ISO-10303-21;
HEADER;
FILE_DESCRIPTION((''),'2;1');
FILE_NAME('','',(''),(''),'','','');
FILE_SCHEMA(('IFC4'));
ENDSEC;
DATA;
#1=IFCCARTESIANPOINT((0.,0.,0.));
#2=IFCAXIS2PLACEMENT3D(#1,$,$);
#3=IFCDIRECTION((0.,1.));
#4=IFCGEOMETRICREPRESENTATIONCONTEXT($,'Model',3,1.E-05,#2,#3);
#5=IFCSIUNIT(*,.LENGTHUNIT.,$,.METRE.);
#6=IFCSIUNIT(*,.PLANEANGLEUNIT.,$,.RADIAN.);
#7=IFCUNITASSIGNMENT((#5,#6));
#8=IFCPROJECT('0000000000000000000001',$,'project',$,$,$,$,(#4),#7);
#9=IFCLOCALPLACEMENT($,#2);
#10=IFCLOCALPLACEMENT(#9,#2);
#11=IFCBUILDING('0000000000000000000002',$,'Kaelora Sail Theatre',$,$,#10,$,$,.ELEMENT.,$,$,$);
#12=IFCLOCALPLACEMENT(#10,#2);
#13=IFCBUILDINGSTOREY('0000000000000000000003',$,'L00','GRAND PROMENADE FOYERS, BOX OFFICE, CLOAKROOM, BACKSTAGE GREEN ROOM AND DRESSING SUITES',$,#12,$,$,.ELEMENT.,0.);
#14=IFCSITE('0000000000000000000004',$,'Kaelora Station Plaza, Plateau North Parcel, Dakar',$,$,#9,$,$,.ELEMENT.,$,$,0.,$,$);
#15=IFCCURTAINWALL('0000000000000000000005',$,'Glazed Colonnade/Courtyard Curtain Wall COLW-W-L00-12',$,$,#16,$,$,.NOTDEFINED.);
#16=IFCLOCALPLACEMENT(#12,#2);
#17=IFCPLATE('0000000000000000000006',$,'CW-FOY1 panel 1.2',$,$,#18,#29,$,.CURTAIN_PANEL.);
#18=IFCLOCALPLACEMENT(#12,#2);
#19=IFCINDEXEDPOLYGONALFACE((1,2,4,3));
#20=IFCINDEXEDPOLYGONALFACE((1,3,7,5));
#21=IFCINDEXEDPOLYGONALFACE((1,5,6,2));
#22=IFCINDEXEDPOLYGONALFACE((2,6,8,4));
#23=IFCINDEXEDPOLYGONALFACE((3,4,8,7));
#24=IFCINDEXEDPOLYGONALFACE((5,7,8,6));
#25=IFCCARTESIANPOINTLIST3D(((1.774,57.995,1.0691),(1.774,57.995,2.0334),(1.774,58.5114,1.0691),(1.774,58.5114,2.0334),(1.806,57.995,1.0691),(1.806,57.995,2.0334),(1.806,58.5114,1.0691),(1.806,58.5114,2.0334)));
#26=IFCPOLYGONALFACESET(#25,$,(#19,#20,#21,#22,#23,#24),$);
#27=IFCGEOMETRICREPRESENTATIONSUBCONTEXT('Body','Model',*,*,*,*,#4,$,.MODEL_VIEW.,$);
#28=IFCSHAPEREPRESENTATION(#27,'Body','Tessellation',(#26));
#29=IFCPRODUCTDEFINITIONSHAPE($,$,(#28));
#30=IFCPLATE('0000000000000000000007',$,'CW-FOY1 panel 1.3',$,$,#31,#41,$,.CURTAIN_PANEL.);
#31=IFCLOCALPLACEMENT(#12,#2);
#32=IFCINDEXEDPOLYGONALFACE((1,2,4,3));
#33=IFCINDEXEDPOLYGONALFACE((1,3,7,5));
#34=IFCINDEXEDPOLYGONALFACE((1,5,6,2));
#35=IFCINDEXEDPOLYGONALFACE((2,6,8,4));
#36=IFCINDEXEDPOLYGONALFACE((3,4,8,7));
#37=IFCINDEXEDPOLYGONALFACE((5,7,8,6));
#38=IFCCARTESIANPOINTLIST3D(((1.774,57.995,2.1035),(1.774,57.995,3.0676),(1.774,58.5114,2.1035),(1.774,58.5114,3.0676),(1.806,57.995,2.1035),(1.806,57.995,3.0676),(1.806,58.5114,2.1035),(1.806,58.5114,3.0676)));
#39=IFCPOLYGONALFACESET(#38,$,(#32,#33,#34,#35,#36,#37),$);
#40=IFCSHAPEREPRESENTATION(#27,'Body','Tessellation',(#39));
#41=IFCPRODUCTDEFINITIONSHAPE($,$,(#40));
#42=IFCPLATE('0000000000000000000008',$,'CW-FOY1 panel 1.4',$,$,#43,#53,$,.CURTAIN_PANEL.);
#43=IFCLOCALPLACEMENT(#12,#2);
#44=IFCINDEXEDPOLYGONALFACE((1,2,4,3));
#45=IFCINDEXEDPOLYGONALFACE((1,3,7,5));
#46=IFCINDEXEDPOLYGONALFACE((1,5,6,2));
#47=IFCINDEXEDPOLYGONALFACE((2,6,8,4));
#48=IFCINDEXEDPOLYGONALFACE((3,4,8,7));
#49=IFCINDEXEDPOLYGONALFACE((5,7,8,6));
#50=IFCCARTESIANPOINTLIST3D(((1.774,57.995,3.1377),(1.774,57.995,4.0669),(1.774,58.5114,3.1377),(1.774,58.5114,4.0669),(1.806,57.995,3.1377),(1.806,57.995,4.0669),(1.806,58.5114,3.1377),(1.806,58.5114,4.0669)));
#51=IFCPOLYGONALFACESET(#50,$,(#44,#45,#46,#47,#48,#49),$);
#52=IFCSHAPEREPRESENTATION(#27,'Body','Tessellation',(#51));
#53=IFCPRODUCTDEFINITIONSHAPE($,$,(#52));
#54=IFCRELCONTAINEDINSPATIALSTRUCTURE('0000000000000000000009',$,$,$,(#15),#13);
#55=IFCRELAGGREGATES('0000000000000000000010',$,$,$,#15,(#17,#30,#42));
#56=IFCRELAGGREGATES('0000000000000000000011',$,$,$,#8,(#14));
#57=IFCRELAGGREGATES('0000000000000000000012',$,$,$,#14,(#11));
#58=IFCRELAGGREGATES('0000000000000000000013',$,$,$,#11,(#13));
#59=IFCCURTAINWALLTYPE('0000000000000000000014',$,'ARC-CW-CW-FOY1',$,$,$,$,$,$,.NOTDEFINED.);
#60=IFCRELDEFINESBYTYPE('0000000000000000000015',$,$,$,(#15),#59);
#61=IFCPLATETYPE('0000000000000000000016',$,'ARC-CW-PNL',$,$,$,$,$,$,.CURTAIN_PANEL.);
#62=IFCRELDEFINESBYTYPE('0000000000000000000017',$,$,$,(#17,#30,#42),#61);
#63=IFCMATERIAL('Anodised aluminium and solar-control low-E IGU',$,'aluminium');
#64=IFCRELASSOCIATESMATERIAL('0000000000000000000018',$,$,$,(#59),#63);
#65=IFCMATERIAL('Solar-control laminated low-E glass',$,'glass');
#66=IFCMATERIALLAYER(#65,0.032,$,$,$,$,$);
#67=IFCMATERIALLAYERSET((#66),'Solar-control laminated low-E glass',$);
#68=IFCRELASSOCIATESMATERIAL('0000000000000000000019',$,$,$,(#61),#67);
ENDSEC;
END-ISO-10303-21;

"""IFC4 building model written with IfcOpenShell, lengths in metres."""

from ifc_helpers import new_model, si_unit, direction, frame, origin, origin_2d, place, context, subcontext, project, spatial, rectangle, extrude, material, layer, layer_set, type_object, element, aggregate, save


model = new_model("IFC4")

# Units and contexts
model_context = context("Model", 3, precision=1e-05, world=origin(), true_north=direction((0.0, 1.0)))
body_context = subcontext(model_context, "Body", "Model", "MODEL_VIEW")
ifc_project = project(units=[si_unit("LENGTHUNIT", "METRE"), si_unit("PLANEANGLEUNIT", "RADIAN")], contexts=[model_context])

# Site, building, storey
site_placement = place(None, origin())
site = spatial("IfcSite", under=ifc_project, at=site_placement, Name="Kaelora Station Plaza, Plateau North Parcel, Dakar", CompositionType="ELEMENT", RefElevation=0.0)
building_placement = place(site_placement, origin())
building = spatial("IfcBuilding", under=site, at=building_placement, Name="Kaelora Sail Theatre", CompositionType="ELEMENT")
storey_placement = place(building_placement, origin())
storey = spatial("IfcBuildingStorey", under=building, at=storey_placement, Name="L00", Description="GRAND PROMENADE FOYERS, BOX OFFICE, CLOAKROOM, BACKSTAGE GREEN ROOM AND DRESSING SUITES", CompositionType="ELEMENT", Elevation=0.0)

# Shared definitions
ifc_material_1 = material(Name="Anodised aluminium and solar-control low-E IGU", Category="aluminium")
curtain_wall_type = type_object("IfcCurtainWallType", Name="ARC-CW-CW-FOY1", PredefinedType="NOTDEFINED", material=ifc_material_1)

# Curtain wall
curtain_wall_1_placement = place(storey_placement, origin())
curtain_wall_1 = element("IfcCurtainWall", 1, at=curtain_wall_1_placement, inside=storey, type_object=curtain_wall_type, Name="Glazed Colonnade/Courtyard Curtain Wall COLW-W-L00-12", PredefinedType="NOTDEFINED")

# Plates
ifc_material_2 = material(Name="Solar-control laminated low-E glass", Category="glass")
ifc_layer = layer(ifc_material_2, 0.032)
ifc_layer_set = layer_set([ifc_layer], Name="Solar-control laminated low-E glass")
plate_type = type_object("IfcPlateType", Name="ARC-CW-PNL", PredefinedType="CURTAIN_PANEL", material=ifc_layer_set)
plate_1_placement = place(storey_placement, frame((1.79, 58.2532, 1.0691), z_axis=(0.0, 0.0, 1.0), x_axis=(0.0, 1.0, 0.0)))
plate_1 = element("IfcPlate", 2, at=plate_1_placement, type_object=plate_type, Name="CW-FOY1 panel 1.2", PredefinedType="CURTAIN_PANEL", context=body_context, shape_type="SweptSolid", body=[
    extrude(rectangle(XDim=0.5164, YDim=0.032, at=origin_2d()), origin(), (0.0, 0.0, 1.0), 0.9644),
])
plate_2_placement = place(storey_placement, frame((1.79, 58.2532, 2.1035), z_axis=(0.0, 0.0, 1.0), x_axis=(0.0, 1.0, 0.0)))
plate_2 = element("IfcPlate", 3, at=plate_2_placement, type_object=plate_type, Name="CW-FOY1 panel 1.3", PredefinedType="CURTAIN_PANEL", context=body_context, shape_type="SweptSolid", body=[
    extrude(rectangle(XDim=0.5164, YDim=0.032, at=origin_2d()), origin(), (0.0, 0.0, 1.0), 0.9641),
])
plate_3_placement = place(storey_placement, frame((1.79, 58.2532, 3.1377), z_axis=(0.0, 0.0, 1.0), x_axis=(0.0, 1.0, 0.0)))
plate_3 = element("IfcPlate", 4, at=plate_3_placement, type_object=plate_type, Name="CW-FOY1 panel 1.4", PredefinedType="CURTAIN_PANEL", context=body_context, shape_type="SweptSolid", body=[
    extrude(rectangle(XDim=0.5164, YDim=0.032, at=origin_2d()), origin(), (0.0, 0.0, 1.0), 0.9292),
])
aggregate(curtain_wall_1, [plate_1, plate_2, plate_3])

save(model, "model.ifc")
